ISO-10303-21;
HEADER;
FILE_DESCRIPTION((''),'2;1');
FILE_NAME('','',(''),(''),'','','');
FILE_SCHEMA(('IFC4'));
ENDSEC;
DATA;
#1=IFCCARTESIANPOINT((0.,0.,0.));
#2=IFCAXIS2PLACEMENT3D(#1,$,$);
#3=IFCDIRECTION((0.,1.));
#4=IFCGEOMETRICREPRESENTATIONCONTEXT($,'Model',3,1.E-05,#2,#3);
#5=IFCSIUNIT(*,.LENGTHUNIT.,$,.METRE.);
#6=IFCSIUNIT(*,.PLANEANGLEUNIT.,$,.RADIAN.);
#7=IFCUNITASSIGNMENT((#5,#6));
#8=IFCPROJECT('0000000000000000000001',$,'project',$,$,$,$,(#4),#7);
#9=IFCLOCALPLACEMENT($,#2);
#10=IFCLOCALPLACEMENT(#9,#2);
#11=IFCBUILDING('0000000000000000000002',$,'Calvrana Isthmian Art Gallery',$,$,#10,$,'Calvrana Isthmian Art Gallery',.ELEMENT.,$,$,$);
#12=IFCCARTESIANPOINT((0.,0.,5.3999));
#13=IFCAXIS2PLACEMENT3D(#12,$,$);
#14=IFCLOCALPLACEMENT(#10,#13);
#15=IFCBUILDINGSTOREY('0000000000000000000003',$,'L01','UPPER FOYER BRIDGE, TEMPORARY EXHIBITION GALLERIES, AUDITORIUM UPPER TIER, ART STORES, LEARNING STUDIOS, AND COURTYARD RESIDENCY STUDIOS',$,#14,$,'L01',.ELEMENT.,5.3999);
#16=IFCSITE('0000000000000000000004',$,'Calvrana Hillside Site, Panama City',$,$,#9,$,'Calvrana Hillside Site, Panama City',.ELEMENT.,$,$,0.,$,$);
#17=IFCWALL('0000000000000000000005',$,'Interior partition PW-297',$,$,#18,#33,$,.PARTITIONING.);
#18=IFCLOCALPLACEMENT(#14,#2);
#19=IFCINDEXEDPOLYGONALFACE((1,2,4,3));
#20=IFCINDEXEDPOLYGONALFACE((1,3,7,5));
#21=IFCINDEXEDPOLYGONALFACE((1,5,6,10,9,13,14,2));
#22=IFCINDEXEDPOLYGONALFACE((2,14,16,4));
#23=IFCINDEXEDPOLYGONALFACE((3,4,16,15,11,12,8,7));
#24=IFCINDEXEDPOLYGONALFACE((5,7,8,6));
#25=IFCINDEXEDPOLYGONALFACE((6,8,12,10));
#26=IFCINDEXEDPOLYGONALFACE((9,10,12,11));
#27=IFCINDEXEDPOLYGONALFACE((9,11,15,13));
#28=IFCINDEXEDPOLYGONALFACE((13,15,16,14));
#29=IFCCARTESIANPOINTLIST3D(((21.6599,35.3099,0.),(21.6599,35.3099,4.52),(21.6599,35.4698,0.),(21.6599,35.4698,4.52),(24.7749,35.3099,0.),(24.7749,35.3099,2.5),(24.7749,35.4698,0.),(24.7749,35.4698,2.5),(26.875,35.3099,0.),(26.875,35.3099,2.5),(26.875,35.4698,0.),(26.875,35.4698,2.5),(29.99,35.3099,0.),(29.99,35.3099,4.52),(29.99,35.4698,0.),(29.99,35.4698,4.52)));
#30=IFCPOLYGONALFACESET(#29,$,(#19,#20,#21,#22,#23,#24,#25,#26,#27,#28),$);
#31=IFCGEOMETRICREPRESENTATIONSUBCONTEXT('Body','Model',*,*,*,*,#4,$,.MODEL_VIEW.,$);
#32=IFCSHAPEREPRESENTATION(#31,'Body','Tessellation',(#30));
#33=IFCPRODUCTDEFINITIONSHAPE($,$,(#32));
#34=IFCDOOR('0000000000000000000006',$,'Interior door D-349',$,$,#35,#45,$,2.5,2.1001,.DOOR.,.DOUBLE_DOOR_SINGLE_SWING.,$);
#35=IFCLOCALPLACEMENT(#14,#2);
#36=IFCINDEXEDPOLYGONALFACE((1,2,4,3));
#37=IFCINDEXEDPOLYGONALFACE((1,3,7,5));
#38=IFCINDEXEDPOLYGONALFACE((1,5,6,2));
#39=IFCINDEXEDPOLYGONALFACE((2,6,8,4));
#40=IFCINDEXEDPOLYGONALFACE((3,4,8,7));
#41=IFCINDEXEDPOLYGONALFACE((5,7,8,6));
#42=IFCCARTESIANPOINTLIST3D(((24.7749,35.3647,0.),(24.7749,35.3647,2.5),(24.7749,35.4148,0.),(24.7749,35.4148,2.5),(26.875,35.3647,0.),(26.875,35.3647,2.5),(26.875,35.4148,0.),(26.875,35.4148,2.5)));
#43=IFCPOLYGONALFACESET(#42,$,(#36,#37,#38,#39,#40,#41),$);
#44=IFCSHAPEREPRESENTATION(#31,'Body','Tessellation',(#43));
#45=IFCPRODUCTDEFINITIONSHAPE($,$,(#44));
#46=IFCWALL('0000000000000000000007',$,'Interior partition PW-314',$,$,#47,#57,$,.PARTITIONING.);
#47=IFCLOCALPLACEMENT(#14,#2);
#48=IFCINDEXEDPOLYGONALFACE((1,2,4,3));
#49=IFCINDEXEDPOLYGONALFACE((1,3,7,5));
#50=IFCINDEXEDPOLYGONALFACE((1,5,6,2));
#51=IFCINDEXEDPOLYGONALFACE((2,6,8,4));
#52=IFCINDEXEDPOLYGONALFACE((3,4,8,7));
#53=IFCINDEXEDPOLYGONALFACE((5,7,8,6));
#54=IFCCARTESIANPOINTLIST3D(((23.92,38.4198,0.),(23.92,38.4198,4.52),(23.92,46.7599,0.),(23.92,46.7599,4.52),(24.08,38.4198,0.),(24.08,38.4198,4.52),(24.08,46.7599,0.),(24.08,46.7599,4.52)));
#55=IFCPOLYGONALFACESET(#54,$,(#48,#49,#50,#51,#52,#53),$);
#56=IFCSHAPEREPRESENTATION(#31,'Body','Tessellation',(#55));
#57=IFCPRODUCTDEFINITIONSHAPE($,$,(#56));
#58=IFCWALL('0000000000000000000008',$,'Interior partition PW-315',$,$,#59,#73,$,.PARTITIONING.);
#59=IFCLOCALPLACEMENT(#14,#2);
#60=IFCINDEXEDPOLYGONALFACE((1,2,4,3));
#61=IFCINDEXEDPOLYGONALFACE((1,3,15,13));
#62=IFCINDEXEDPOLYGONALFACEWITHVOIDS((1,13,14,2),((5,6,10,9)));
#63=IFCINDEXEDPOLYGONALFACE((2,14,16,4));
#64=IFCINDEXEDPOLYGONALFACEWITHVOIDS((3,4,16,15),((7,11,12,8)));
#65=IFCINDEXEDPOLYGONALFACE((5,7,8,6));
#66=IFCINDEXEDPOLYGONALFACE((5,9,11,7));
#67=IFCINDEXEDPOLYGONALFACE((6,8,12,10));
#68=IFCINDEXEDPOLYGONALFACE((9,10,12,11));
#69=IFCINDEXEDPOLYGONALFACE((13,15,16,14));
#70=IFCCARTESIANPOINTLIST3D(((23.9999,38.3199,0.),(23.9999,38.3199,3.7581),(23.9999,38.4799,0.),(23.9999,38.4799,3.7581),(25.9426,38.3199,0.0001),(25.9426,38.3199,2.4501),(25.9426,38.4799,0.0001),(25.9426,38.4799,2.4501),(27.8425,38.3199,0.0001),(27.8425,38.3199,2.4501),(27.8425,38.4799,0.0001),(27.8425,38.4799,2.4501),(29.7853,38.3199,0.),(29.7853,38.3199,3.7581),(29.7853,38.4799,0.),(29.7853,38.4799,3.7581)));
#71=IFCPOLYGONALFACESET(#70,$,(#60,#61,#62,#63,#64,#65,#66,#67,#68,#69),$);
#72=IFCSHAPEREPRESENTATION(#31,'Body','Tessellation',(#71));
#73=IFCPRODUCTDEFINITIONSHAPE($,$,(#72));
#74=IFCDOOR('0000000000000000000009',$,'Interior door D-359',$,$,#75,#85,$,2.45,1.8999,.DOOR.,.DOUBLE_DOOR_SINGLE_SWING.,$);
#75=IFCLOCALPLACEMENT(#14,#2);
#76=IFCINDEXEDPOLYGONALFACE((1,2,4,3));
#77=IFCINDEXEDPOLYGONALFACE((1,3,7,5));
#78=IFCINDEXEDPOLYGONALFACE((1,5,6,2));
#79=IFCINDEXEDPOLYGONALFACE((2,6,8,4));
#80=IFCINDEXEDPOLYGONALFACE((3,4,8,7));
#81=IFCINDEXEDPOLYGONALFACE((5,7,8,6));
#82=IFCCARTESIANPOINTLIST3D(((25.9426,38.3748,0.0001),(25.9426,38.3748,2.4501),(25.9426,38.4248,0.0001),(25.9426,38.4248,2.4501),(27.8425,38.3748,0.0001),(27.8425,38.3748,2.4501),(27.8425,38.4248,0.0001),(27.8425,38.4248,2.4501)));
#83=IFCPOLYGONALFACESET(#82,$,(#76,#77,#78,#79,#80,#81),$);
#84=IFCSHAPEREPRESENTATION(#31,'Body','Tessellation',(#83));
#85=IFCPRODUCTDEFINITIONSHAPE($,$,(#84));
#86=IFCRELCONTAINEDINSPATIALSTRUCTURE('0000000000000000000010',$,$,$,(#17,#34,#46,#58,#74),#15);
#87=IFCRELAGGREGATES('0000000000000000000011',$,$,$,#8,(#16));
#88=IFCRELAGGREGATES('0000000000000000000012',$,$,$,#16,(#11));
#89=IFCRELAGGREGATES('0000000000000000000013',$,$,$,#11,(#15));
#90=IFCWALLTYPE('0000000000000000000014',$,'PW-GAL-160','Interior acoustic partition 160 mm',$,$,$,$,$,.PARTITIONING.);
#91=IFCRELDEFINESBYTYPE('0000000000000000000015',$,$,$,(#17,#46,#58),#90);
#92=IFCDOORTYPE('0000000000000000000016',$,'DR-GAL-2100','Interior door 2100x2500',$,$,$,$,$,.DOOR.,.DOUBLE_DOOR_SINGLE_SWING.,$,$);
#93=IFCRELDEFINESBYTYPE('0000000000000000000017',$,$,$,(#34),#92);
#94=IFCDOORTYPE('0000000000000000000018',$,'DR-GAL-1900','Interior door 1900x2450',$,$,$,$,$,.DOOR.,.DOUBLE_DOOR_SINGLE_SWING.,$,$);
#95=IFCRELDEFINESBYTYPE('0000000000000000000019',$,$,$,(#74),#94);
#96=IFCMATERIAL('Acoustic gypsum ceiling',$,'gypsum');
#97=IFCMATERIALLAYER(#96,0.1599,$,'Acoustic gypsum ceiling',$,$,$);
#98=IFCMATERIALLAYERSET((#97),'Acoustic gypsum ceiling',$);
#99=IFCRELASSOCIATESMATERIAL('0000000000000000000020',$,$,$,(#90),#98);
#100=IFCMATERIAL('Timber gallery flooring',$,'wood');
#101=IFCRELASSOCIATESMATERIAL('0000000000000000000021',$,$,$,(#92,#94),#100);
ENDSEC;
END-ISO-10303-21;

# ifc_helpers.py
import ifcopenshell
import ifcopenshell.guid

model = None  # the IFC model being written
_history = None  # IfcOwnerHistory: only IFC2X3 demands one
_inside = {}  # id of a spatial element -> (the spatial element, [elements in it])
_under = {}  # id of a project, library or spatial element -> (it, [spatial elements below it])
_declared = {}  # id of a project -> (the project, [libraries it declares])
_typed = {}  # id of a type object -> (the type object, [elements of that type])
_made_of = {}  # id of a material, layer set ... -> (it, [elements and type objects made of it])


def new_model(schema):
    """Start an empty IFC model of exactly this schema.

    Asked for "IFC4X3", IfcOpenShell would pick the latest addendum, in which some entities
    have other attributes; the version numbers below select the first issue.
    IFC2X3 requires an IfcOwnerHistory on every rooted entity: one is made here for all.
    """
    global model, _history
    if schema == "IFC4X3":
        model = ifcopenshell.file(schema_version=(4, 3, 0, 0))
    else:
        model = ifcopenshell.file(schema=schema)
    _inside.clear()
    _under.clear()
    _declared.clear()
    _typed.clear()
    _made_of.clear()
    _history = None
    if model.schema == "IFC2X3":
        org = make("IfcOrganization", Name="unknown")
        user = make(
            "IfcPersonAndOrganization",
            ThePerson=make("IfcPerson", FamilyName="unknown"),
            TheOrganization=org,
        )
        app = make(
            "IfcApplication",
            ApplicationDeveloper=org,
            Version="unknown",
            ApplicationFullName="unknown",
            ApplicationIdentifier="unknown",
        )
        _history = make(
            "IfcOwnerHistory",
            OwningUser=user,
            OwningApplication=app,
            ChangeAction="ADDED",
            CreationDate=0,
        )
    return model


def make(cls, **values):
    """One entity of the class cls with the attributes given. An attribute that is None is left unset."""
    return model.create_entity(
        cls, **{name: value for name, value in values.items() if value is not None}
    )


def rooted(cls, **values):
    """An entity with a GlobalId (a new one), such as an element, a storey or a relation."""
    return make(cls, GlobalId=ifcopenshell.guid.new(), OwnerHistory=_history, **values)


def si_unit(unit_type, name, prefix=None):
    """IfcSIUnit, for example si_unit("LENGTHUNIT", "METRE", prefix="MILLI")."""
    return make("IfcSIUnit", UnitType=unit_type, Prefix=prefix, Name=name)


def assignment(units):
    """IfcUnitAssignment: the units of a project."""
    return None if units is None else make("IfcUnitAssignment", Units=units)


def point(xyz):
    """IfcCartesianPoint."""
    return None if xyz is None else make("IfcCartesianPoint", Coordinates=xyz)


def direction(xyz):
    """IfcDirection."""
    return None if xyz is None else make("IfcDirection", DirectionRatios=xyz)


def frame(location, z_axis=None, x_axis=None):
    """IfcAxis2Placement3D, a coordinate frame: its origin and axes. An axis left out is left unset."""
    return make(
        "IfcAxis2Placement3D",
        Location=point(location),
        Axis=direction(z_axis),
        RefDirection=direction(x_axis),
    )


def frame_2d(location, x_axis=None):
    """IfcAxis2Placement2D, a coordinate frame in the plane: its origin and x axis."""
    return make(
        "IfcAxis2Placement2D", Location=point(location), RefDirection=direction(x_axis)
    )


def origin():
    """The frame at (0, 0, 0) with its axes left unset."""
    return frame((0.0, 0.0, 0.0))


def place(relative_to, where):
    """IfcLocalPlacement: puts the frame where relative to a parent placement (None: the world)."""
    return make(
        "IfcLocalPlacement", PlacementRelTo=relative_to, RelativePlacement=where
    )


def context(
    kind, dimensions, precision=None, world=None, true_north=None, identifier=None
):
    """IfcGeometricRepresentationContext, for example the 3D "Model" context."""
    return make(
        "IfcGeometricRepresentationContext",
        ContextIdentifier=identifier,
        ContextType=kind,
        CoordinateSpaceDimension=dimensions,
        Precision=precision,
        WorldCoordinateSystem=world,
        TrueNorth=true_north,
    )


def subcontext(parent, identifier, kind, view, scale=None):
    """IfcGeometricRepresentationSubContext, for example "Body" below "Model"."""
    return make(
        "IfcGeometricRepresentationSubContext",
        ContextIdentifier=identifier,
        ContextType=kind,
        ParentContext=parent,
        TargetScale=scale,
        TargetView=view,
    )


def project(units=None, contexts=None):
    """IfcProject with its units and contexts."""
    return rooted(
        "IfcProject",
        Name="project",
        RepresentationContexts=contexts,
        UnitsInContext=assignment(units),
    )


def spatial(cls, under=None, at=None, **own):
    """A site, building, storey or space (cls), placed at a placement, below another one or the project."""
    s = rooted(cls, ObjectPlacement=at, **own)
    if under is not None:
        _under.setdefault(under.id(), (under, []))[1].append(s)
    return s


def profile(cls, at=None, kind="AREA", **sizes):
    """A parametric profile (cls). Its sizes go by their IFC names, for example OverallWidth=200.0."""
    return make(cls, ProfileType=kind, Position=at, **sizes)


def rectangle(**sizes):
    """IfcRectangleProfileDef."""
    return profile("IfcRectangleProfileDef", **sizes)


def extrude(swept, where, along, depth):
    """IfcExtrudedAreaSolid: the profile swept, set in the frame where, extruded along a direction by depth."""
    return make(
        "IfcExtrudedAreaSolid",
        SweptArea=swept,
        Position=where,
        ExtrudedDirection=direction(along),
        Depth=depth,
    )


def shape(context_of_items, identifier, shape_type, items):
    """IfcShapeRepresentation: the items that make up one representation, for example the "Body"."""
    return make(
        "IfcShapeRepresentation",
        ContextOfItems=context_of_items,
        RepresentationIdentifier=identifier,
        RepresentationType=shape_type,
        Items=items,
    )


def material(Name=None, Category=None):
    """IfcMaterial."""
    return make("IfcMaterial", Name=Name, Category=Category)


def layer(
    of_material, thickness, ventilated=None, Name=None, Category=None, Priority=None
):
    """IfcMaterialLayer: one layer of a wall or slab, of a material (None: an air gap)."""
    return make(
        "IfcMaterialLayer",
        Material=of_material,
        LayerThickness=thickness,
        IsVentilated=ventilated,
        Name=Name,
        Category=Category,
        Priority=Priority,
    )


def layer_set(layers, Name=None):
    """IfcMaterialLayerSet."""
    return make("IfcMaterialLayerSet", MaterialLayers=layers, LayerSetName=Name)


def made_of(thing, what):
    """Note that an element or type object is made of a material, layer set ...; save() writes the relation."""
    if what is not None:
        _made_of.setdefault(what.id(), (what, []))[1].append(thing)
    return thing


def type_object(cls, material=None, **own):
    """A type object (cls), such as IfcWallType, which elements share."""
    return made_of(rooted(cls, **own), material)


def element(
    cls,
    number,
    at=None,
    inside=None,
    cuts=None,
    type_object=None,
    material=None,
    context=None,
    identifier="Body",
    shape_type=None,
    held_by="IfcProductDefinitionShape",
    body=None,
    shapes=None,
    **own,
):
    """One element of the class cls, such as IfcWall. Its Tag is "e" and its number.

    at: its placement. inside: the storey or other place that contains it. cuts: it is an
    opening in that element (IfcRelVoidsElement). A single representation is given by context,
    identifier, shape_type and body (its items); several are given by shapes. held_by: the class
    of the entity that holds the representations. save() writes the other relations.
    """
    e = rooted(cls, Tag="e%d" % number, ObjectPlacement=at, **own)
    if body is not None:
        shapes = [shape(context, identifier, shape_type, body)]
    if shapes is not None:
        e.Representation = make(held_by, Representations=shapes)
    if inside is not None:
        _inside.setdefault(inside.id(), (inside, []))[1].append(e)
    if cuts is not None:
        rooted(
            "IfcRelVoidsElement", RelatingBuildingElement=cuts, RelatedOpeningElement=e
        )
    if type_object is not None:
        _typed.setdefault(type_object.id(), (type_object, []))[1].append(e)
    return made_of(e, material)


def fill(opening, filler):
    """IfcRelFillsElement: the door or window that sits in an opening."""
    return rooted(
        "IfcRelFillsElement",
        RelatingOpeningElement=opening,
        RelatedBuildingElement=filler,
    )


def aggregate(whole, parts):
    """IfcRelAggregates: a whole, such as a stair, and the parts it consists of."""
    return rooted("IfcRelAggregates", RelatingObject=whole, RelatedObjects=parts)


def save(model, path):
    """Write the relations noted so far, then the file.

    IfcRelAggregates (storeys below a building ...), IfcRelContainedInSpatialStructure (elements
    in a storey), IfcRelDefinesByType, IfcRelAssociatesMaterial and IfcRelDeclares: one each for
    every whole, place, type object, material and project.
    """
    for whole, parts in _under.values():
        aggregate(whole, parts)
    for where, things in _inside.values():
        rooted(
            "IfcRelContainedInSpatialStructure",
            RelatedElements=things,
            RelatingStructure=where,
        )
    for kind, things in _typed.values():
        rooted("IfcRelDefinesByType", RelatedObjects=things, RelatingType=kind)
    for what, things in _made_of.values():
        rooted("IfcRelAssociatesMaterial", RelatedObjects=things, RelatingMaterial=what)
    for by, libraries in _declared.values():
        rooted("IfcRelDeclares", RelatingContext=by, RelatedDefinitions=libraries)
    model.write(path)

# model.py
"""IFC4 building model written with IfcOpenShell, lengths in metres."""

from ifc_helpers import new_model, si_unit, direction, frame, frame_2d, origin, place, context, subcontext, project, spatial, rectangle, extrude, material, layer, layer_set, type_object, element, fill, save


model = new_model("IFC4")

# Units and contexts
model_context = context("Model", 3, precision=1e-05, world=origin(), true_north=direction((0.0, 1.0)))
body_context = subcontext(model_context, "Body", "Model", "MODEL_VIEW")
ifc_project = project(units=[si_unit("LENGTHUNIT", "METRE"), si_unit("PLANEANGLEUNIT", "RADIAN")], contexts=[model_context])

# Site, building, storey
site_placement = place(None, origin())
site = spatial("IfcSite", under=ifc_project, at=site_placement, Name="Calvrana Hillside Site, Panama City", LongName="Calvrana Hillside Site, Panama City", CompositionType="ELEMENT", RefElevation=0.0)
building_placement = place(site_placement, origin())
building = spatial("IfcBuilding", under=site, at=building_placement, Name="Calvrana Isthmian Art Gallery", LongName="Calvrana Isthmian Art Gallery", CompositionType="ELEMENT")
storey_placement = place(building_placement, frame((0.0, 0.0, 5.3999)))
storey = spatial("IfcBuildingStorey", under=building, at=storey_placement, Name="L01", Description="UPPER FOYER BRIDGE, TEMPORARY EXHIBITION GALLERIES, AUDITORIUM UPPER TIER, ART STORES, LEARNING STUDIOS, AND COURTYARD RESIDENCY STUDIOS", LongName="L01", CompositionType="ELEMENT", Elevation=5.3999)

# Wall, opening, door
ifc_material_1 = material(Name="Acoustic gypsum ceiling", Category="gypsum")
ifc_layer_1 = layer(ifc_material_1, 0.1599, Name="Acoustic gypsum ceiling")
ifc_layer_set_1 = layer_set([ifc_layer_1], Name="Acoustic gypsum ceiling")
wall_type = type_object("IfcWallType", Name="PW-GAL-160", Description="Interior acoustic partition 160 mm", PredefinedType="PARTITIONING", material=ifc_layer_set_1)
wall_1_placement = place(storey_placement, frame((21.6599, 35.3899, 0.0), z_axis=(0.0, 0.0, 1.0), x_axis=(1.0, 0.0, 0.0)))
wall_1 = element("IfcWall", 1, at=wall_1_placement, inside=storey, type_object=wall_type, Name="Interior partition PW-297", PredefinedType="PARTITIONING", context=body_context, shape_type="SweptSolid", body=[
    extrude(rectangle(XDim=8.3301, YDim=0.1599, at=frame_2d((4.165, 0.0))), origin(), (0.0, 0.0, 1.0), 4.52),
])
opening_1_placement = place(wall_1_placement, frame((3.115, 0.0, 0.0)))
opening_1 = element("IfcOpeningElement", 2, at=opening_1_placement, cuts=wall_1, PredefinedType="OPENING", context=body_context, shape_type="SweptSolid", body=[
    extrude(rectangle(XDim=2.1001, YDim=2.5, at=frame_2d((1.05, 1.25))), frame((0.0, 0.0903, 0.0), z_axis=(0.0, -1.0, 0.0), x_axis=(1.0, 0.0, 0.0)), (0.0, 0.0, 1.0), 0.1804),
])
ifc_material_2 = material(Name="Timber gallery flooring", Category="wood")
door_type_1 = type_object("IfcDoorType", Name="DR-GAL-2100", Description="Interior door 2100x2500", OperationType="DOUBLE_DOOR_SINGLE_SWING", PredefinedType="DOOR", material=ifc_material_2)
door_1_placement = place(opening_1_placement, origin())
door_1 = element("IfcDoor", 3, at=door_1_placement, inside=storey, type_object=door_type_1, Name="Interior door D-349", OperationType="DOUBLE_DOOR_SINGLE_SWING", OverallHeight=2.5, OverallWidth=2.1001, PredefinedType="DOOR", context=body_context, shape_type="SweptSolid", body=[
    extrude(rectangle(XDim=2.1001, YDim=2.5, at=frame_2d((1.05, 1.25))), frame((0.0, 0.0249, 0.0), z_axis=(0.0, -1.0, 0.0), x_axis=(1.0, 0.0, 0.0)), (0.0, 0.0, 1.0), 0.05),
])
fill(opening_1, door_1)

# Wall
wall_2_placement = place(storey_placement, frame((24.0, 38.4199, 0.0), z_axis=(0.0, 0.0, 1.0), x_axis=(0.0, 1.0, 0.0)))
element("IfcWall", 4, at=wall_2_placement, inside=storey, type_object=wall_type, Name="Interior partition PW-314", PredefinedType="PARTITIONING", context=body_context, shape_type="SweptSolid", body=[
    extrude(rectangle(XDim=8.3401, YDim=0.1599, at=frame_2d((4.1699, 0.0))), origin(), (0.0, 0.0, 1.0), 4.52),
])

# Wall, opening, door
wall_3_placement = place(storey_placement, frame((24.0, 38.3999, 0.0), z_axis=(0.0, 0.0, 1.0), x_axis=(1.0, 0.0, 0.0)))
wall_3 = element("IfcWall", 5, at=wall_3_placement, inside=storey, type_object=wall_type, Name="Interior partition PW-315", PredefinedType="PARTITIONING", context=body_context, shape_type="SweptSolid", body=[
    extrude(rectangle(XDim=5.7854, YDim=0.1599, at=frame_2d((2.8926, 0.0))), origin(), (0.0, 0.0, 1.0), 3.7581),
])
opening_2_placement = place(wall_3_placement, frame((1.9426, 0.0, 0.0)))
opening_2 = element("IfcOpeningElement", 6, at=opening_2_placement, cuts=wall_3, PredefinedType="OPENING", context=body_context, shape_type="SweptSolid", body=[
    extrude(rectangle(XDim=1.8999, YDim=2.45, at=frame_2d((0.95, 1.2251))), frame((0.0, 0.0903, 0.0), z_axis=(0.0, -1.0, 0.0), x_axis=(1.0, 0.0, 0.0)), (0.0, 0.0, 1.0), 0.1804),
])
door_type_2 = type_object("IfcDoorType", Name="DR-GAL-1900", Description="Interior door 1900x2450", OperationType="DOUBLE_DOOR_SINGLE_SWING", PredefinedType="DOOR", material=ifc_material_2)
door_2_placement = place(opening_2_placement, origin())
door_2 = element("IfcDoor", 7, at=door_2_placement, inside=storey, type_object=door_type_2, Name="Interior door D-359", OperationType="DOUBLE_DOOR_SINGLE_SWING", OverallHeight=2.45, OverallWidth=1.8999, PredefinedType="DOOR", context=body_context, shape_type="SweptSolid", body=[
    extrude(rectangle(XDim=1.8999, YDim=2.45, at=frame_2d((0.95, 1.2251))), frame((0.0, 0.0249, 0.0), z_axis=(0.0, -1.0, 0.0), x_axis=(1.0, 0.0, 0.0)), (0.0, 0.0, 1.0), 0.05),
])
fill(opening_2, door_2)

save(model, "model.ifc")
